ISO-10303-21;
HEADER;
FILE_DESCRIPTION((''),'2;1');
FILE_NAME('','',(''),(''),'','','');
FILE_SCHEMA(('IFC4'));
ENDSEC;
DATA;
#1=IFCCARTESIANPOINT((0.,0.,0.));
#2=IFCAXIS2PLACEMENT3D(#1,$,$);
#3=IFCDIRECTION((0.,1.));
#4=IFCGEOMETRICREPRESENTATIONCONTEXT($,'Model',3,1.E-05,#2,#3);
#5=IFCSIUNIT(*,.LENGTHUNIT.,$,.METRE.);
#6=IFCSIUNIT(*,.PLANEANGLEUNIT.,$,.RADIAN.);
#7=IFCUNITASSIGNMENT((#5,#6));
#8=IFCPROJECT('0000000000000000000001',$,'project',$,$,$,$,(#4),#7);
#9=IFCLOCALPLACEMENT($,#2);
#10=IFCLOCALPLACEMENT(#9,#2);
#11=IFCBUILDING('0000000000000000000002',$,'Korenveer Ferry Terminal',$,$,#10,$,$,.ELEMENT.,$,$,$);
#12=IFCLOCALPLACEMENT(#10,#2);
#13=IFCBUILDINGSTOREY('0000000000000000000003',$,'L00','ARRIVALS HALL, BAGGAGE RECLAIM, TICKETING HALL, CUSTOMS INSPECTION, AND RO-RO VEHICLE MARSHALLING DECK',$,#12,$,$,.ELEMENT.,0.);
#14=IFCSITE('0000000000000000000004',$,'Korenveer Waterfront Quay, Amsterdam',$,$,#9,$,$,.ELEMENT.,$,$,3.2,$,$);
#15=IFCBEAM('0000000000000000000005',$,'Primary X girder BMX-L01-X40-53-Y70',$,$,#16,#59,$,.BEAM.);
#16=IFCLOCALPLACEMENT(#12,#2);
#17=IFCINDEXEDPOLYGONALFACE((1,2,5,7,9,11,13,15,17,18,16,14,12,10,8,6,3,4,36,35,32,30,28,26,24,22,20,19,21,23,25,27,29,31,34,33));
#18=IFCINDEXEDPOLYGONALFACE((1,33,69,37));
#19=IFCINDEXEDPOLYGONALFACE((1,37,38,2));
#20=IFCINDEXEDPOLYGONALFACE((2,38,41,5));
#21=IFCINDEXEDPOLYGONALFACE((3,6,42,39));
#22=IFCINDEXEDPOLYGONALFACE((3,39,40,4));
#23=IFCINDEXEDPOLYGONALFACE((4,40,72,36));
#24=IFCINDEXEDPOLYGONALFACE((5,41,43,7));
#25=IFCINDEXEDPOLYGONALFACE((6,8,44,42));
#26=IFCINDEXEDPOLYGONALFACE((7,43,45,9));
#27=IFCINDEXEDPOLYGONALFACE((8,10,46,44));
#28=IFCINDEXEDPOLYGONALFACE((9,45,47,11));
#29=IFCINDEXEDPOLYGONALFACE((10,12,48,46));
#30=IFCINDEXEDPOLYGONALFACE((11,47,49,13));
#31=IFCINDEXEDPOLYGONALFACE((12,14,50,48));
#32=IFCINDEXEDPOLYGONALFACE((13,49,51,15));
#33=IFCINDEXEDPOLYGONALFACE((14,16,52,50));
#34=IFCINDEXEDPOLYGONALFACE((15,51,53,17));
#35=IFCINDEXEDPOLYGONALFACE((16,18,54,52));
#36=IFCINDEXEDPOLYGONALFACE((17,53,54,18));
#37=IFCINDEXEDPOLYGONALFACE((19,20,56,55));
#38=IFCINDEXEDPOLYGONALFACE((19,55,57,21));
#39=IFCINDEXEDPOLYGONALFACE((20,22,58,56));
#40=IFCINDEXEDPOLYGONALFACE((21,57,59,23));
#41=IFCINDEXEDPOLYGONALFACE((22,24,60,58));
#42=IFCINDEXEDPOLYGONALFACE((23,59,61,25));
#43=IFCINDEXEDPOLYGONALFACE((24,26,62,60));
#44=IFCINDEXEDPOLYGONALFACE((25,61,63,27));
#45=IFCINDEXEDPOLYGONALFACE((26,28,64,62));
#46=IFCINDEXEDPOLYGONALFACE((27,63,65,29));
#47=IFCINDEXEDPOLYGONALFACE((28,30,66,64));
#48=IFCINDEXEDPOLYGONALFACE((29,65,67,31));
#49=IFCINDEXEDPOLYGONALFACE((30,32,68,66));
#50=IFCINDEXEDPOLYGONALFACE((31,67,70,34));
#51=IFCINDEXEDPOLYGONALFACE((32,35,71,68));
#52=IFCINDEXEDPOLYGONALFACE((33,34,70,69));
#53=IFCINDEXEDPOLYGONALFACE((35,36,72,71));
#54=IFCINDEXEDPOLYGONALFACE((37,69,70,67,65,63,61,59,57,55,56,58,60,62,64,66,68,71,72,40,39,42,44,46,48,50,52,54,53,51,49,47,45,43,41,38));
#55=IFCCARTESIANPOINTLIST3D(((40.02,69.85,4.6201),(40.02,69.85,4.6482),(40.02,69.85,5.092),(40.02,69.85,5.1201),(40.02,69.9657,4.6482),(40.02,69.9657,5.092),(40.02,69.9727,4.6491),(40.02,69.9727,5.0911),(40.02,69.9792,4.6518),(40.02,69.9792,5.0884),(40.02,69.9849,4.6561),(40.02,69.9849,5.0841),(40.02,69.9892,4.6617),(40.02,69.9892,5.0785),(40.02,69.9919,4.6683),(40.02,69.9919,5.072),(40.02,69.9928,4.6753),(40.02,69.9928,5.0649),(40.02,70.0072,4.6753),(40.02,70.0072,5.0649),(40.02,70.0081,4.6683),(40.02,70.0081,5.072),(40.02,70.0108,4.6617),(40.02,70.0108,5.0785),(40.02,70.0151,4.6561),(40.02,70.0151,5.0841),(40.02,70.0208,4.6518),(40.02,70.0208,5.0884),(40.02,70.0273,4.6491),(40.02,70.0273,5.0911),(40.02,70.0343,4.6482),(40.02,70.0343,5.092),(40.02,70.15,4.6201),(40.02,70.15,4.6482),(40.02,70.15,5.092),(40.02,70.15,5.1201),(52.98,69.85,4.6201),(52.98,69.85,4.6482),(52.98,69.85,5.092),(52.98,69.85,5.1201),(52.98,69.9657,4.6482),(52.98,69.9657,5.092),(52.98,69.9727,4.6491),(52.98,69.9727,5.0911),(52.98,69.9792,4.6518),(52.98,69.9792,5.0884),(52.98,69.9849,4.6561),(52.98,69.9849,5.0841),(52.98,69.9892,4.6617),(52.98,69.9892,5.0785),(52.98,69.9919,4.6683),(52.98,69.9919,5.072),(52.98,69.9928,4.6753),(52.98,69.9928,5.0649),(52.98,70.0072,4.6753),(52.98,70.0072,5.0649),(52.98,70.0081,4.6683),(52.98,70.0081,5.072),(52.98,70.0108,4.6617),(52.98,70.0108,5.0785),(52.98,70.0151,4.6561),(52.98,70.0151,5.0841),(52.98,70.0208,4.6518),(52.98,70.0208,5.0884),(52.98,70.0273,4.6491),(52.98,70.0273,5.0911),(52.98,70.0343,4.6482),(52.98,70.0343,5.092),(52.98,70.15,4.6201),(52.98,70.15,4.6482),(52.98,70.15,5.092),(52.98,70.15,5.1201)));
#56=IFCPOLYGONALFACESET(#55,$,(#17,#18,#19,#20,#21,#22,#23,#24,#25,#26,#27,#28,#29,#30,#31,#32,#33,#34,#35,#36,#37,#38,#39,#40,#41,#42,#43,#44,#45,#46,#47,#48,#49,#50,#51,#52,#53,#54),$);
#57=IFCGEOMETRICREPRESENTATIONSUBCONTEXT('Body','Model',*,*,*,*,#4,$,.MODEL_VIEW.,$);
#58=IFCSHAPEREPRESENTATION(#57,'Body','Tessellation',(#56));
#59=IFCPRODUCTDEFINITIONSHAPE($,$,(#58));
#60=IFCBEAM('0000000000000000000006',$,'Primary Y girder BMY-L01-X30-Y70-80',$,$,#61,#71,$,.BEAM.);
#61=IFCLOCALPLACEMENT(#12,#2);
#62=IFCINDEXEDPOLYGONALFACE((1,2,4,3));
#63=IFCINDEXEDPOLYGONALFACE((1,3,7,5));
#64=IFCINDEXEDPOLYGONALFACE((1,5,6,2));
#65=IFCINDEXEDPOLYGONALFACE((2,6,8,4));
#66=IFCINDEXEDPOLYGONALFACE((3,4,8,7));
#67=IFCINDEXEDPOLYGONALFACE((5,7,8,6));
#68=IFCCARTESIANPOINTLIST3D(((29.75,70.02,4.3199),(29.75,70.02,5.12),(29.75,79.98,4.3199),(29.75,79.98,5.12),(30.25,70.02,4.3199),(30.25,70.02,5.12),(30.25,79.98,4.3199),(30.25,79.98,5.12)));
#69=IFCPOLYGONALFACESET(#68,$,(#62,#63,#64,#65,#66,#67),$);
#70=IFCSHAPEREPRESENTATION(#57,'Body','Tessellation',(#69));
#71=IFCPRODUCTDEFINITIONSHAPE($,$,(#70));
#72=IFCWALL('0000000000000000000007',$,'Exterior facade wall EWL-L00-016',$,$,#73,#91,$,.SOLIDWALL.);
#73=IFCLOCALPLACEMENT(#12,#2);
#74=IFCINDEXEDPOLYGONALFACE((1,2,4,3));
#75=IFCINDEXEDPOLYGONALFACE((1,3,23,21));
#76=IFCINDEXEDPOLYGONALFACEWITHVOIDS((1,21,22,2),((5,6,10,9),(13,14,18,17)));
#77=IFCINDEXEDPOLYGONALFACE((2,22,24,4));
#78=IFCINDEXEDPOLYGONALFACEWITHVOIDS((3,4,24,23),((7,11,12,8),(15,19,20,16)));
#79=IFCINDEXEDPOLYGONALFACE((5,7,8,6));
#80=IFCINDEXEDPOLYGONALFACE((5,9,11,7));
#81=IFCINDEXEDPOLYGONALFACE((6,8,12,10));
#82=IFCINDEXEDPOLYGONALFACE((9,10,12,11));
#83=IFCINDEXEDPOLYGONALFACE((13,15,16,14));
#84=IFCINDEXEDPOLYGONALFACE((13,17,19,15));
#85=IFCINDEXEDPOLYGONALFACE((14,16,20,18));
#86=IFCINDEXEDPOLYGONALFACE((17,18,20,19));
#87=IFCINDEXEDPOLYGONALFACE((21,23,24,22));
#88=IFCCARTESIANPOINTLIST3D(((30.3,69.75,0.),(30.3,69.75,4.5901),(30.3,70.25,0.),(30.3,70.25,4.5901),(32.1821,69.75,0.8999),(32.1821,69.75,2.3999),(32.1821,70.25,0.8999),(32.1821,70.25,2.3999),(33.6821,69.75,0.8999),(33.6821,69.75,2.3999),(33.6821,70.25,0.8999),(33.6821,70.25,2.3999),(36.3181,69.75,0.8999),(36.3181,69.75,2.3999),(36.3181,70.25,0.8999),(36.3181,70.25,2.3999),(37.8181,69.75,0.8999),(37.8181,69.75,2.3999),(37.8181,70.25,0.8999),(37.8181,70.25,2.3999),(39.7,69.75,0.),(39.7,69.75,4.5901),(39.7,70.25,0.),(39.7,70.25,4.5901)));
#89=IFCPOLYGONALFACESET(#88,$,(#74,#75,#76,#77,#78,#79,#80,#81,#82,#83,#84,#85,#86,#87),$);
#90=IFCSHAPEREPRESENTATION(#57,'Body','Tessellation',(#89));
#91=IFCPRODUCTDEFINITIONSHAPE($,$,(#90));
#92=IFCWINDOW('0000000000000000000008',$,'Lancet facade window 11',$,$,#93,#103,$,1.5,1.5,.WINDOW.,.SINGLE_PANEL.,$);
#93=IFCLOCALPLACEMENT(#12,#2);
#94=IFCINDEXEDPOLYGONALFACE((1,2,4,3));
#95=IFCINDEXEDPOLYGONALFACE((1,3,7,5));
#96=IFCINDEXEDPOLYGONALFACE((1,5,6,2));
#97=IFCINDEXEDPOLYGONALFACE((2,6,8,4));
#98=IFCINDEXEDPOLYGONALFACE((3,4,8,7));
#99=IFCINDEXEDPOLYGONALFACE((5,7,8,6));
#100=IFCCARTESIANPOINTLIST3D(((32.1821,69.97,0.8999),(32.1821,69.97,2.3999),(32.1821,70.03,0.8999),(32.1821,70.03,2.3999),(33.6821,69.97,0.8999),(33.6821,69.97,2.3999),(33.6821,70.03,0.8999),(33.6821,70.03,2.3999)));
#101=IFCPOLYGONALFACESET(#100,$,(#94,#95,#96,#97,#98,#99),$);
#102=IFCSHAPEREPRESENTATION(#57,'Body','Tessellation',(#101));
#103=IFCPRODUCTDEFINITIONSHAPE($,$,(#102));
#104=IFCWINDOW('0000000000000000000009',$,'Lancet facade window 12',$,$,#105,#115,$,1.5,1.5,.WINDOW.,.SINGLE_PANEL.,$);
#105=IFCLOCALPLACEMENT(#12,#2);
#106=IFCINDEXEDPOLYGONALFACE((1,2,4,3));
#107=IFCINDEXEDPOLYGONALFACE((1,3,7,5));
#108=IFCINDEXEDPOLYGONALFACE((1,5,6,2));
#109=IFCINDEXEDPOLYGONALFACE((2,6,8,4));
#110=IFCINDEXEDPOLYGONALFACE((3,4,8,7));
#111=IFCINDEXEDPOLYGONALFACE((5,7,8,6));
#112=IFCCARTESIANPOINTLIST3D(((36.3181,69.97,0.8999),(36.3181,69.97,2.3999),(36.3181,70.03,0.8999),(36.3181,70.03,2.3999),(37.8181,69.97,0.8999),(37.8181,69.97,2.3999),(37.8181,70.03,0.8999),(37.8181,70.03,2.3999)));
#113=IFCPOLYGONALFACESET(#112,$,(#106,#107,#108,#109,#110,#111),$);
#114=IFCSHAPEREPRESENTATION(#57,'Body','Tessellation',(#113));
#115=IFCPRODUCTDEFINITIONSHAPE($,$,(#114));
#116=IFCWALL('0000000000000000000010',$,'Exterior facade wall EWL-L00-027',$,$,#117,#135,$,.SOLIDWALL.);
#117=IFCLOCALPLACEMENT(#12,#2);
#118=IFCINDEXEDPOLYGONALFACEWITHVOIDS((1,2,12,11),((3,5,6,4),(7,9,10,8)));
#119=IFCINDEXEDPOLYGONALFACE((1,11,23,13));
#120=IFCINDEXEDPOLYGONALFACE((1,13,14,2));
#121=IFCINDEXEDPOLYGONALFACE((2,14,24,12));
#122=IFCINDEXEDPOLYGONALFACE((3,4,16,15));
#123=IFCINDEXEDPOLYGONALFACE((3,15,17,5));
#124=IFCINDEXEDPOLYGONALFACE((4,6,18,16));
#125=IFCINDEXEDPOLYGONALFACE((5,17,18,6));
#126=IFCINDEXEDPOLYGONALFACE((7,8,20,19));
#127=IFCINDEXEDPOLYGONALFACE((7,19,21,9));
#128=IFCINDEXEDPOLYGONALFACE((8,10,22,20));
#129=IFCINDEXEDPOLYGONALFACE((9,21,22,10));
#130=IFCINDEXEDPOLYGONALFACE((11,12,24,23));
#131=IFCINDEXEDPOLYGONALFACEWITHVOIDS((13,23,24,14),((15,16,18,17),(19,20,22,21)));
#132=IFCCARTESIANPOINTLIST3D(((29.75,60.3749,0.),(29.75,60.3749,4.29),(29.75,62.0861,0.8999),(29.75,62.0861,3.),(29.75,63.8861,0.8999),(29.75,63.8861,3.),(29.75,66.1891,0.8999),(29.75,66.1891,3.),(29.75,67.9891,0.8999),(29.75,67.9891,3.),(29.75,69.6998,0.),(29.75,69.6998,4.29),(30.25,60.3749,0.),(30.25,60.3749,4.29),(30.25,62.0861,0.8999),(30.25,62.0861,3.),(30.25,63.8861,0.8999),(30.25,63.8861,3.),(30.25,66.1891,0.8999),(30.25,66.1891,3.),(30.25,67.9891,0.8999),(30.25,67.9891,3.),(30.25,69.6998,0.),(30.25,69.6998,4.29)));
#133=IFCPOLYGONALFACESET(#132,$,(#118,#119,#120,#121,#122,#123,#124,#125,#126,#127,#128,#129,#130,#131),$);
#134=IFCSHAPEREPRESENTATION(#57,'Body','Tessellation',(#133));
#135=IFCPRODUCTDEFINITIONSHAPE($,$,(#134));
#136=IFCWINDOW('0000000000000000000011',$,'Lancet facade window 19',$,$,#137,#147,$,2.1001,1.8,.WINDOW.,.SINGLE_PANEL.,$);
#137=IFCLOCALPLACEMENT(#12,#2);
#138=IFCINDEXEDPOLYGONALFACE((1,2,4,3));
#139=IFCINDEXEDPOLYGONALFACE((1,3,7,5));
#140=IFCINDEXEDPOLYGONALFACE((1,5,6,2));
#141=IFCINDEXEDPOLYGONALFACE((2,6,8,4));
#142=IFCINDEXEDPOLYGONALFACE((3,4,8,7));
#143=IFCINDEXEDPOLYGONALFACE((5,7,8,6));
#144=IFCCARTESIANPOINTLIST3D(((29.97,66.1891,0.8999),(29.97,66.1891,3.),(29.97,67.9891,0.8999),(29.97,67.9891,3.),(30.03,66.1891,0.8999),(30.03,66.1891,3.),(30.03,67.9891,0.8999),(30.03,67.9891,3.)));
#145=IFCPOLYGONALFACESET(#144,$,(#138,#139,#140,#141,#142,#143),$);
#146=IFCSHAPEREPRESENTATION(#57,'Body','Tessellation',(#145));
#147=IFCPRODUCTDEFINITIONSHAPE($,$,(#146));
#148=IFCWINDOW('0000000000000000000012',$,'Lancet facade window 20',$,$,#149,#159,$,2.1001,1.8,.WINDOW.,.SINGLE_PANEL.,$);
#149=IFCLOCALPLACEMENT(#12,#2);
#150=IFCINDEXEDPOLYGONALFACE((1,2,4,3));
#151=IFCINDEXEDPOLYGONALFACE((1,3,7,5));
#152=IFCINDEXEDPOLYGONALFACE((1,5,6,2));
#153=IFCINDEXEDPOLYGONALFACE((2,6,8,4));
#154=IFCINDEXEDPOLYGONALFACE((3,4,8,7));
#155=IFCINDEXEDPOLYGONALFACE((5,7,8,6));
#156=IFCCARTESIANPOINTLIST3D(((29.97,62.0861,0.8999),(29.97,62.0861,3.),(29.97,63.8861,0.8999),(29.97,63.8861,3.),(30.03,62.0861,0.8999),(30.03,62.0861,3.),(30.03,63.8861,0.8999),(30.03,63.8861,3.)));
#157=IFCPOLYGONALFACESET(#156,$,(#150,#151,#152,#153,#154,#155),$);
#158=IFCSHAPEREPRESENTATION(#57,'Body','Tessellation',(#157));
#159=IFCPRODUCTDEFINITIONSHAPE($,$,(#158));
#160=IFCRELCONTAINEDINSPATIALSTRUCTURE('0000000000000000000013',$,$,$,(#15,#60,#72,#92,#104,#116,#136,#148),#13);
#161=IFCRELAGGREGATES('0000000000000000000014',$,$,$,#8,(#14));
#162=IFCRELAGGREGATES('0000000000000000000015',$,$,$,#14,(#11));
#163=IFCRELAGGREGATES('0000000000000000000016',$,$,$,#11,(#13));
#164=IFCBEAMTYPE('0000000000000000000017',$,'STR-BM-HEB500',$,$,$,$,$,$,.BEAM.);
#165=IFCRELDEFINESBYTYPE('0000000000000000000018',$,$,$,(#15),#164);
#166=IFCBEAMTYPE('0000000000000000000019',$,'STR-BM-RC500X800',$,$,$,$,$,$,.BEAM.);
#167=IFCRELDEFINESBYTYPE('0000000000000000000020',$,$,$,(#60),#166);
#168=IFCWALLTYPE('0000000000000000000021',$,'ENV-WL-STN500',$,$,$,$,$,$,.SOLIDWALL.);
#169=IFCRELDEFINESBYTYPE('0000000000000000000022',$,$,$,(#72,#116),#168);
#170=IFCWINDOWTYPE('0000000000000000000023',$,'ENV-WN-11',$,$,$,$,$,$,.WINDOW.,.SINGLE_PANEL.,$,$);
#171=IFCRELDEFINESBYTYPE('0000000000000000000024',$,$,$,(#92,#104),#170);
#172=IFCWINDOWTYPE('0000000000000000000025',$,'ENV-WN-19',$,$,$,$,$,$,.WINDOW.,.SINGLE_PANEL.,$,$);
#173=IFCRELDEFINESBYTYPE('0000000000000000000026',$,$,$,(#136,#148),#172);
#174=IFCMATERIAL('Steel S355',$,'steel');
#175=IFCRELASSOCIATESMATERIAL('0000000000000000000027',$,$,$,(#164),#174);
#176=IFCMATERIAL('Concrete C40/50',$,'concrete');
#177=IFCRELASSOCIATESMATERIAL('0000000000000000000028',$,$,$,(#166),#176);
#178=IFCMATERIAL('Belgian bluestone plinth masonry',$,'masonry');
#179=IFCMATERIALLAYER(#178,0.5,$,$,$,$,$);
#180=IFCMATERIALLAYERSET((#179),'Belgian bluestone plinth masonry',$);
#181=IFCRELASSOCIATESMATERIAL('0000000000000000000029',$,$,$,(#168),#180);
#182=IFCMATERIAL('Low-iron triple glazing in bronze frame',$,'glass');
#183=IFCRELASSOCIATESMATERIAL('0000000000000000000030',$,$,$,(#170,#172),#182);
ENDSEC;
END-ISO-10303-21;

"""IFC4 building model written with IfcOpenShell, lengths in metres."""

from ifc_helpers import new_model, si_unit, direction, frame, frame_2d, origin, origin_2d, place, context, subcontext, project, spatial, rectangle, i_section, extrude, material, layer, layer_set, material_profile, profile_set, type_object, element, fill, save


model = new_model("IFC4")

# Units and contexts
model_context = context("Model", 3, precision=1e-05, world=origin(), true_north=direction((0.0, 1.0)))
body_context = subcontext(model_context, "Body", "Model", "MODEL_VIEW")
ifc_project = project(units=[si_unit("LENGTHUNIT", "METRE"), si_unit("PLANEANGLEUNIT", "RADIAN")], contexts=[model_context])

# Site, building, storey
site_placement = place(None, origin())
site = spatial("IfcSite", under=ifc_project, at=site_placement, Name="Korenveer Waterfront Quay, Amsterdam", CompositionType="ELEMENT", RefElevation=3.2)
building_placement = place(site_placement, origin())
building = spatial("IfcBuilding", under=site, at=building_placement, Name="Korenveer Ferry Terminal", CompositionType="ELEMENT")
storey_placement = place(building_placement, origin())
storey = spatial("IfcBuildingStorey", under=building, at=storey_placement, Name="L00", Description="ARRIVALS HALL, BAGGAGE RECLAIM, TICKETING HALL, CUSTOMS INSPECTION, AND RO-RO VEHICLE MARSHALLING DECK", CompositionType="ELEMENT", Elevation=0.0)

# Shared definitions
ifc_material_1 = material(Name="Concrete C40/50", Category="concrete")

# Beams
ifc_material_2 = material(Name="Steel S355", Category="steel")
ifc_material_profile_1 = material_profile(ifc_material_2, i_section(OverallWidth=0.3, OverallDepth=0.5, WebThickness=0.0144, FlangeThickness=0.0281, FilletRadius=0.0271, at=origin_2d()), Name="HEB 500")
ifc_profile_set_1 = profile_set([ifc_material_profile_1], Name="Steel S355")
beam_type_1 = type_object("IfcBeamType", Name="STR-BM-HEB500", PredefinedType="BEAM", material=ifc_profile_set_1)
beam_1_placement = place(storey_placement, frame((40.02, 70.0, 4.8701), z_axis=(1.0, 0.0, 0.0), x_axis=(0.0, 1.0, 0.0)))
element("IfcBeam", 1, at=beam_1_placement, inside=storey, type_object=beam_type_1, Name="Primary X girder BMX-L01-X40-53-Y70", PredefinedType="BEAM", context=body_context, shape_type="SweptSolid", body=[
    extrude(i_section(OverallWidth=0.3, OverallDepth=0.5, WebThickness=0.0144, FlangeThickness=0.0281, FilletRadius=0.0271, at=origin_2d()), origin(), (0.0, 0.0, 1.0), 12.96),
])
ifc_material_profile_2 = material_profile(ifc_material_1, rectangle(XDim=0.5, YDim=0.8, at=origin_2d()), Name="RC 500x800")
ifc_profile_set_2 = profile_set([ifc_material_profile_2], Name="Concrete C40/50")
beam_type_2 = type_object("IfcBeamType", Name="STR-BM-RC500X800", PredefinedType="BEAM", material=ifc_profile_set_2)
beam_2_placement = place(storey_placement, frame((30.0, 70.02, 4.72), z_axis=(0.0, 1.0, 0.0), x_axis=(-1.0, 0.0, 0.0)))
element("IfcBeam", 2, at=beam_2_placement, inside=storey, type_object=beam_type_2, Name="Primary Y girder BMY-L01-X30-Y70-80", PredefinedType="BEAM", context=body_context, shape_type="SweptSolid", body=[
    extrude(rectangle(XDim=0.5, YDim=0.8, at=origin_2d()), origin(), (0.0, 0.0, 1.0), 9.96),
])

# Walls, openings, windows
ifc_material_3 = material(Name="Belgian bluestone plinth masonry", Category="masonry")
ifc_layer_1 = layer(ifc_material_3, 0.5)
ifc_layer_set_1 = layer_set([ifc_layer_1], Name="Belgian bluestone plinth masonry")
wall_type = type_object("IfcWallType", Name="ENV-WL-STN500", PredefinedType="SOLIDWALL", material=ifc_layer_set_1)
wall_1_placement = place(storey_placement, frame((30.3, 70.0, 0.0), z_axis=(0.0, 0.0, 1.0), x_axis=(1.0, 0.0, 0.0)))
wall_1 = element("IfcWall", 3, at=wall_1_placement, inside=storey, type_object=wall_type, Name="Exterior facade wall EWL-L00-016", PredefinedType="SOLIDWALL", context=body_context, shape_type="SweptSolid", body=[
    extrude(rectangle(XDim=9.3999, YDim=0.5, at=frame_2d((4.7, 0.0))), origin(), (0.0, 0.0, 1.0), 4.5901),
])
opening_1_placement = place(wall_1_placement, frame((1.8821, 0.0, 0.8999)))
opening_1 = element("IfcOpeningElement", 4, at=opening_1_placement, cuts=wall_1, PredefinedType="OPENING", context=body_context, shape_type="SweptSolid", body=[
    extrude(rectangle(XDim=1.5, YDim=1.5, at=frame_2d((0.75, 0.75))), frame((0.0, 0.26, 0.0), z_axis=(0.0, -1.0, 0.0), x_axis=(1.0, 0.0, 0.0)), (0.0, 0.0, 1.0), 0.52),
])
opening_2_placement = place(wall_1_placement, frame((6.0181, 0.0, 0.8999)))
opening_2 = element("IfcOpeningElement", 5, at=opening_2_placement, cuts=wall_1, PredefinedType="OPENING", context=body_context, shape_type="SweptSolid", body=[
    extrude(rectangle(XDim=1.5, YDim=1.5, at=frame_2d((0.75, 0.75))), frame((0.0, 0.26, 0.0), z_axis=(0.0, -1.0, 0.0), x_axis=(1.0, 0.0, 0.0)), (0.0, 0.0, 1.0), 0.52),
])
ifc_material_4 = material(Name="Low-iron triple glazing in bronze frame", Category="glass")
window_type_1 = type_object("IfcWindowType", Name="ENV-WN-11", PartitioningType="SINGLE_PANEL", PredefinedType="WINDOW", material=ifc_material_4)
window_1_placement = place(opening_1_placement, origin())
window_1 = element("IfcWindow", 6, at=window_1_placement, inside=storey, type_object=window_type_1, Name="Lancet facade window 11", OverallHeight=1.5, OverallWidth=1.5, PartitioningType="SINGLE_PANEL", PredefinedType="WINDOW", context=body_context, shape_type="SweptSolid", body=[
    extrude(rectangle(XDim=1.5, YDim=1.5, at=frame_2d((0.75, 0.75))), frame((0.0, 0.03, 0.0), z_axis=(0.0, -1.0, 0.0), x_axis=(1.0, 0.0, 0.0)), (0.0, 0.0, 1.0), 0.0601),
])
fill(opening_1, window_1)
window_2_placement = place(opening_2_placement, origin())
window_2 = element("IfcWindow", 7, at=window_2_placement, inside=storey, type_object=window_type_1, Name="Lancet facade window 12", OverallHeight=1.5, OverallWidth=1.5, PartitioningType="SINGLE_PANEL", PredefinedType="WINDOW", context=body_context, shape_type="SweptSolid", body=[
    extrude(rectangle(XDim=1.5, YDim=1.5, at=frame_2d((0.75, 0.75))), frame((0.0, 0.03, 0.0), z_axis=(0.0, -1.0, 0.0), x_axis=(1.0, 0.0, 0.0)), (0.0, 0.0, 1.0), 0.0601),
])
fill(opening_2, window_2)
wall_2_placement = place(storey_placement, frame((30.0, 69.7, 0.0), z_axis=(0.0, 0.0, 1.0), x_axis=(0.0, -1.0, 0.0)))
wall_2 = element("IfcWall", 8, at=wall_2_placement, inside=storey, type_object=wall_type, Name="Exterior facade wall EWL-L00-027", PredefinedType="SOLIDWALL", context=body_context, shape_type="SweptSolid", body=[
    extrude(rectangle(XDim=9.325, YDim=0.5, at=frame_2d((4.6626, 0.0))), origin(), (0.0, 0.0, 1.0), 4.29),
])
opening_3_placement = place(wall_2_placement, frame((1.7109, 0.0, 0.8999)))
opening_3 = element("IfcOpeningElement", 9, at=opening_3_placement, cuts=wall_2, PredefinedType="OPENING", context=body_context, shape_type="SweptSolid", body=[
    extrude(rectangle(XDim=1.8, YDim=2.1001, at=frame_2d((0.8999, 1.05))), frame((0.0, 0.26, 0.0), z_axis=(0.0, -1.0, 0.0), x_axis=(1.0, 0.0, 0.0)), (0.0, 0.0, 1.0), 0.52),
])
opening_4_placement = place(wall_2_placement, frame((5.814, 0.0, 0.8999)))
opening_4 = element("IfcOpeningElement", 10, at=opening_4_placement, cuts=wall_2, PredefinedType="OPENING", context=body_context, shape_type="SweptSolid", body=[
    extrude(rectangle(XDim=1.8, YDim=2.1001, at=frame_2d((0.8999, 1.05))), frame((0.0, 0.26, 0.0), z_axis=(0.0, -1.0, 0.0), x_axis=(1.0, 0.0, 0.0)), (0.0, 0.0, 1.0), 0.52),
])
window_type_2 = type_object("IfcWindowType", Name="ENV-WN-19", PartitioningType="SINGLE_PANEL", PredefinedType="WINDOW", material=ifc_material_4)
window_3_placement = place(opening_3_placement, origin())
window_3 = element("IfcWindow", 11, at=window_3_placement, inside=storey, type_object=window_type_2, Name="Lancet facade window 19", OverallHeight=2.1001, OverallWidth=1.8, PartitioningType="SINGLE_PANEL", PredefinedType="WINDOW", context=body_context, shape_type="SweptSolid", body=[
    extrude(rectangle(XDim=1.8, YDim=2.1001, at=frame_2d((0.8999, 1.05))), frame((0.0, 0.03, 0.0), z_axis=(0.0, -1.0, 0.0), x_axis=(1.0, 0.0, 0.0)), (0.0, 0.0, 1.0), 0.0601),
])
fill(opening_3, window_3)
window_4_placement = place(opening_4_placement, origin())
window_4 = element("IfcWindow", 12, at=window_4_placement, inside=storey, type_object=window_type_2, Name="Lancet facade window 20", OverallHeight=2.1001, OverallWidth=1.8, PartitioningType="SINGLE_PANEL", PredefinedType="WINDOW", context=body_context, shape_type="SweptSolid", body=[
    extrude(rectangle(XDim=1.8, YDim=2.1001, at=frame_2d((0.8999, 1.05))), frame((0.0, 0.03, 0.0), z_axis=(0.0, -1.0, 0.0), x_axis=(1.0, 0.0, 0.0)), (0.0, 0.0, 1.0), 0.0601),
])
fill(opening_4, window_4)

save(model, "model.ifc")
